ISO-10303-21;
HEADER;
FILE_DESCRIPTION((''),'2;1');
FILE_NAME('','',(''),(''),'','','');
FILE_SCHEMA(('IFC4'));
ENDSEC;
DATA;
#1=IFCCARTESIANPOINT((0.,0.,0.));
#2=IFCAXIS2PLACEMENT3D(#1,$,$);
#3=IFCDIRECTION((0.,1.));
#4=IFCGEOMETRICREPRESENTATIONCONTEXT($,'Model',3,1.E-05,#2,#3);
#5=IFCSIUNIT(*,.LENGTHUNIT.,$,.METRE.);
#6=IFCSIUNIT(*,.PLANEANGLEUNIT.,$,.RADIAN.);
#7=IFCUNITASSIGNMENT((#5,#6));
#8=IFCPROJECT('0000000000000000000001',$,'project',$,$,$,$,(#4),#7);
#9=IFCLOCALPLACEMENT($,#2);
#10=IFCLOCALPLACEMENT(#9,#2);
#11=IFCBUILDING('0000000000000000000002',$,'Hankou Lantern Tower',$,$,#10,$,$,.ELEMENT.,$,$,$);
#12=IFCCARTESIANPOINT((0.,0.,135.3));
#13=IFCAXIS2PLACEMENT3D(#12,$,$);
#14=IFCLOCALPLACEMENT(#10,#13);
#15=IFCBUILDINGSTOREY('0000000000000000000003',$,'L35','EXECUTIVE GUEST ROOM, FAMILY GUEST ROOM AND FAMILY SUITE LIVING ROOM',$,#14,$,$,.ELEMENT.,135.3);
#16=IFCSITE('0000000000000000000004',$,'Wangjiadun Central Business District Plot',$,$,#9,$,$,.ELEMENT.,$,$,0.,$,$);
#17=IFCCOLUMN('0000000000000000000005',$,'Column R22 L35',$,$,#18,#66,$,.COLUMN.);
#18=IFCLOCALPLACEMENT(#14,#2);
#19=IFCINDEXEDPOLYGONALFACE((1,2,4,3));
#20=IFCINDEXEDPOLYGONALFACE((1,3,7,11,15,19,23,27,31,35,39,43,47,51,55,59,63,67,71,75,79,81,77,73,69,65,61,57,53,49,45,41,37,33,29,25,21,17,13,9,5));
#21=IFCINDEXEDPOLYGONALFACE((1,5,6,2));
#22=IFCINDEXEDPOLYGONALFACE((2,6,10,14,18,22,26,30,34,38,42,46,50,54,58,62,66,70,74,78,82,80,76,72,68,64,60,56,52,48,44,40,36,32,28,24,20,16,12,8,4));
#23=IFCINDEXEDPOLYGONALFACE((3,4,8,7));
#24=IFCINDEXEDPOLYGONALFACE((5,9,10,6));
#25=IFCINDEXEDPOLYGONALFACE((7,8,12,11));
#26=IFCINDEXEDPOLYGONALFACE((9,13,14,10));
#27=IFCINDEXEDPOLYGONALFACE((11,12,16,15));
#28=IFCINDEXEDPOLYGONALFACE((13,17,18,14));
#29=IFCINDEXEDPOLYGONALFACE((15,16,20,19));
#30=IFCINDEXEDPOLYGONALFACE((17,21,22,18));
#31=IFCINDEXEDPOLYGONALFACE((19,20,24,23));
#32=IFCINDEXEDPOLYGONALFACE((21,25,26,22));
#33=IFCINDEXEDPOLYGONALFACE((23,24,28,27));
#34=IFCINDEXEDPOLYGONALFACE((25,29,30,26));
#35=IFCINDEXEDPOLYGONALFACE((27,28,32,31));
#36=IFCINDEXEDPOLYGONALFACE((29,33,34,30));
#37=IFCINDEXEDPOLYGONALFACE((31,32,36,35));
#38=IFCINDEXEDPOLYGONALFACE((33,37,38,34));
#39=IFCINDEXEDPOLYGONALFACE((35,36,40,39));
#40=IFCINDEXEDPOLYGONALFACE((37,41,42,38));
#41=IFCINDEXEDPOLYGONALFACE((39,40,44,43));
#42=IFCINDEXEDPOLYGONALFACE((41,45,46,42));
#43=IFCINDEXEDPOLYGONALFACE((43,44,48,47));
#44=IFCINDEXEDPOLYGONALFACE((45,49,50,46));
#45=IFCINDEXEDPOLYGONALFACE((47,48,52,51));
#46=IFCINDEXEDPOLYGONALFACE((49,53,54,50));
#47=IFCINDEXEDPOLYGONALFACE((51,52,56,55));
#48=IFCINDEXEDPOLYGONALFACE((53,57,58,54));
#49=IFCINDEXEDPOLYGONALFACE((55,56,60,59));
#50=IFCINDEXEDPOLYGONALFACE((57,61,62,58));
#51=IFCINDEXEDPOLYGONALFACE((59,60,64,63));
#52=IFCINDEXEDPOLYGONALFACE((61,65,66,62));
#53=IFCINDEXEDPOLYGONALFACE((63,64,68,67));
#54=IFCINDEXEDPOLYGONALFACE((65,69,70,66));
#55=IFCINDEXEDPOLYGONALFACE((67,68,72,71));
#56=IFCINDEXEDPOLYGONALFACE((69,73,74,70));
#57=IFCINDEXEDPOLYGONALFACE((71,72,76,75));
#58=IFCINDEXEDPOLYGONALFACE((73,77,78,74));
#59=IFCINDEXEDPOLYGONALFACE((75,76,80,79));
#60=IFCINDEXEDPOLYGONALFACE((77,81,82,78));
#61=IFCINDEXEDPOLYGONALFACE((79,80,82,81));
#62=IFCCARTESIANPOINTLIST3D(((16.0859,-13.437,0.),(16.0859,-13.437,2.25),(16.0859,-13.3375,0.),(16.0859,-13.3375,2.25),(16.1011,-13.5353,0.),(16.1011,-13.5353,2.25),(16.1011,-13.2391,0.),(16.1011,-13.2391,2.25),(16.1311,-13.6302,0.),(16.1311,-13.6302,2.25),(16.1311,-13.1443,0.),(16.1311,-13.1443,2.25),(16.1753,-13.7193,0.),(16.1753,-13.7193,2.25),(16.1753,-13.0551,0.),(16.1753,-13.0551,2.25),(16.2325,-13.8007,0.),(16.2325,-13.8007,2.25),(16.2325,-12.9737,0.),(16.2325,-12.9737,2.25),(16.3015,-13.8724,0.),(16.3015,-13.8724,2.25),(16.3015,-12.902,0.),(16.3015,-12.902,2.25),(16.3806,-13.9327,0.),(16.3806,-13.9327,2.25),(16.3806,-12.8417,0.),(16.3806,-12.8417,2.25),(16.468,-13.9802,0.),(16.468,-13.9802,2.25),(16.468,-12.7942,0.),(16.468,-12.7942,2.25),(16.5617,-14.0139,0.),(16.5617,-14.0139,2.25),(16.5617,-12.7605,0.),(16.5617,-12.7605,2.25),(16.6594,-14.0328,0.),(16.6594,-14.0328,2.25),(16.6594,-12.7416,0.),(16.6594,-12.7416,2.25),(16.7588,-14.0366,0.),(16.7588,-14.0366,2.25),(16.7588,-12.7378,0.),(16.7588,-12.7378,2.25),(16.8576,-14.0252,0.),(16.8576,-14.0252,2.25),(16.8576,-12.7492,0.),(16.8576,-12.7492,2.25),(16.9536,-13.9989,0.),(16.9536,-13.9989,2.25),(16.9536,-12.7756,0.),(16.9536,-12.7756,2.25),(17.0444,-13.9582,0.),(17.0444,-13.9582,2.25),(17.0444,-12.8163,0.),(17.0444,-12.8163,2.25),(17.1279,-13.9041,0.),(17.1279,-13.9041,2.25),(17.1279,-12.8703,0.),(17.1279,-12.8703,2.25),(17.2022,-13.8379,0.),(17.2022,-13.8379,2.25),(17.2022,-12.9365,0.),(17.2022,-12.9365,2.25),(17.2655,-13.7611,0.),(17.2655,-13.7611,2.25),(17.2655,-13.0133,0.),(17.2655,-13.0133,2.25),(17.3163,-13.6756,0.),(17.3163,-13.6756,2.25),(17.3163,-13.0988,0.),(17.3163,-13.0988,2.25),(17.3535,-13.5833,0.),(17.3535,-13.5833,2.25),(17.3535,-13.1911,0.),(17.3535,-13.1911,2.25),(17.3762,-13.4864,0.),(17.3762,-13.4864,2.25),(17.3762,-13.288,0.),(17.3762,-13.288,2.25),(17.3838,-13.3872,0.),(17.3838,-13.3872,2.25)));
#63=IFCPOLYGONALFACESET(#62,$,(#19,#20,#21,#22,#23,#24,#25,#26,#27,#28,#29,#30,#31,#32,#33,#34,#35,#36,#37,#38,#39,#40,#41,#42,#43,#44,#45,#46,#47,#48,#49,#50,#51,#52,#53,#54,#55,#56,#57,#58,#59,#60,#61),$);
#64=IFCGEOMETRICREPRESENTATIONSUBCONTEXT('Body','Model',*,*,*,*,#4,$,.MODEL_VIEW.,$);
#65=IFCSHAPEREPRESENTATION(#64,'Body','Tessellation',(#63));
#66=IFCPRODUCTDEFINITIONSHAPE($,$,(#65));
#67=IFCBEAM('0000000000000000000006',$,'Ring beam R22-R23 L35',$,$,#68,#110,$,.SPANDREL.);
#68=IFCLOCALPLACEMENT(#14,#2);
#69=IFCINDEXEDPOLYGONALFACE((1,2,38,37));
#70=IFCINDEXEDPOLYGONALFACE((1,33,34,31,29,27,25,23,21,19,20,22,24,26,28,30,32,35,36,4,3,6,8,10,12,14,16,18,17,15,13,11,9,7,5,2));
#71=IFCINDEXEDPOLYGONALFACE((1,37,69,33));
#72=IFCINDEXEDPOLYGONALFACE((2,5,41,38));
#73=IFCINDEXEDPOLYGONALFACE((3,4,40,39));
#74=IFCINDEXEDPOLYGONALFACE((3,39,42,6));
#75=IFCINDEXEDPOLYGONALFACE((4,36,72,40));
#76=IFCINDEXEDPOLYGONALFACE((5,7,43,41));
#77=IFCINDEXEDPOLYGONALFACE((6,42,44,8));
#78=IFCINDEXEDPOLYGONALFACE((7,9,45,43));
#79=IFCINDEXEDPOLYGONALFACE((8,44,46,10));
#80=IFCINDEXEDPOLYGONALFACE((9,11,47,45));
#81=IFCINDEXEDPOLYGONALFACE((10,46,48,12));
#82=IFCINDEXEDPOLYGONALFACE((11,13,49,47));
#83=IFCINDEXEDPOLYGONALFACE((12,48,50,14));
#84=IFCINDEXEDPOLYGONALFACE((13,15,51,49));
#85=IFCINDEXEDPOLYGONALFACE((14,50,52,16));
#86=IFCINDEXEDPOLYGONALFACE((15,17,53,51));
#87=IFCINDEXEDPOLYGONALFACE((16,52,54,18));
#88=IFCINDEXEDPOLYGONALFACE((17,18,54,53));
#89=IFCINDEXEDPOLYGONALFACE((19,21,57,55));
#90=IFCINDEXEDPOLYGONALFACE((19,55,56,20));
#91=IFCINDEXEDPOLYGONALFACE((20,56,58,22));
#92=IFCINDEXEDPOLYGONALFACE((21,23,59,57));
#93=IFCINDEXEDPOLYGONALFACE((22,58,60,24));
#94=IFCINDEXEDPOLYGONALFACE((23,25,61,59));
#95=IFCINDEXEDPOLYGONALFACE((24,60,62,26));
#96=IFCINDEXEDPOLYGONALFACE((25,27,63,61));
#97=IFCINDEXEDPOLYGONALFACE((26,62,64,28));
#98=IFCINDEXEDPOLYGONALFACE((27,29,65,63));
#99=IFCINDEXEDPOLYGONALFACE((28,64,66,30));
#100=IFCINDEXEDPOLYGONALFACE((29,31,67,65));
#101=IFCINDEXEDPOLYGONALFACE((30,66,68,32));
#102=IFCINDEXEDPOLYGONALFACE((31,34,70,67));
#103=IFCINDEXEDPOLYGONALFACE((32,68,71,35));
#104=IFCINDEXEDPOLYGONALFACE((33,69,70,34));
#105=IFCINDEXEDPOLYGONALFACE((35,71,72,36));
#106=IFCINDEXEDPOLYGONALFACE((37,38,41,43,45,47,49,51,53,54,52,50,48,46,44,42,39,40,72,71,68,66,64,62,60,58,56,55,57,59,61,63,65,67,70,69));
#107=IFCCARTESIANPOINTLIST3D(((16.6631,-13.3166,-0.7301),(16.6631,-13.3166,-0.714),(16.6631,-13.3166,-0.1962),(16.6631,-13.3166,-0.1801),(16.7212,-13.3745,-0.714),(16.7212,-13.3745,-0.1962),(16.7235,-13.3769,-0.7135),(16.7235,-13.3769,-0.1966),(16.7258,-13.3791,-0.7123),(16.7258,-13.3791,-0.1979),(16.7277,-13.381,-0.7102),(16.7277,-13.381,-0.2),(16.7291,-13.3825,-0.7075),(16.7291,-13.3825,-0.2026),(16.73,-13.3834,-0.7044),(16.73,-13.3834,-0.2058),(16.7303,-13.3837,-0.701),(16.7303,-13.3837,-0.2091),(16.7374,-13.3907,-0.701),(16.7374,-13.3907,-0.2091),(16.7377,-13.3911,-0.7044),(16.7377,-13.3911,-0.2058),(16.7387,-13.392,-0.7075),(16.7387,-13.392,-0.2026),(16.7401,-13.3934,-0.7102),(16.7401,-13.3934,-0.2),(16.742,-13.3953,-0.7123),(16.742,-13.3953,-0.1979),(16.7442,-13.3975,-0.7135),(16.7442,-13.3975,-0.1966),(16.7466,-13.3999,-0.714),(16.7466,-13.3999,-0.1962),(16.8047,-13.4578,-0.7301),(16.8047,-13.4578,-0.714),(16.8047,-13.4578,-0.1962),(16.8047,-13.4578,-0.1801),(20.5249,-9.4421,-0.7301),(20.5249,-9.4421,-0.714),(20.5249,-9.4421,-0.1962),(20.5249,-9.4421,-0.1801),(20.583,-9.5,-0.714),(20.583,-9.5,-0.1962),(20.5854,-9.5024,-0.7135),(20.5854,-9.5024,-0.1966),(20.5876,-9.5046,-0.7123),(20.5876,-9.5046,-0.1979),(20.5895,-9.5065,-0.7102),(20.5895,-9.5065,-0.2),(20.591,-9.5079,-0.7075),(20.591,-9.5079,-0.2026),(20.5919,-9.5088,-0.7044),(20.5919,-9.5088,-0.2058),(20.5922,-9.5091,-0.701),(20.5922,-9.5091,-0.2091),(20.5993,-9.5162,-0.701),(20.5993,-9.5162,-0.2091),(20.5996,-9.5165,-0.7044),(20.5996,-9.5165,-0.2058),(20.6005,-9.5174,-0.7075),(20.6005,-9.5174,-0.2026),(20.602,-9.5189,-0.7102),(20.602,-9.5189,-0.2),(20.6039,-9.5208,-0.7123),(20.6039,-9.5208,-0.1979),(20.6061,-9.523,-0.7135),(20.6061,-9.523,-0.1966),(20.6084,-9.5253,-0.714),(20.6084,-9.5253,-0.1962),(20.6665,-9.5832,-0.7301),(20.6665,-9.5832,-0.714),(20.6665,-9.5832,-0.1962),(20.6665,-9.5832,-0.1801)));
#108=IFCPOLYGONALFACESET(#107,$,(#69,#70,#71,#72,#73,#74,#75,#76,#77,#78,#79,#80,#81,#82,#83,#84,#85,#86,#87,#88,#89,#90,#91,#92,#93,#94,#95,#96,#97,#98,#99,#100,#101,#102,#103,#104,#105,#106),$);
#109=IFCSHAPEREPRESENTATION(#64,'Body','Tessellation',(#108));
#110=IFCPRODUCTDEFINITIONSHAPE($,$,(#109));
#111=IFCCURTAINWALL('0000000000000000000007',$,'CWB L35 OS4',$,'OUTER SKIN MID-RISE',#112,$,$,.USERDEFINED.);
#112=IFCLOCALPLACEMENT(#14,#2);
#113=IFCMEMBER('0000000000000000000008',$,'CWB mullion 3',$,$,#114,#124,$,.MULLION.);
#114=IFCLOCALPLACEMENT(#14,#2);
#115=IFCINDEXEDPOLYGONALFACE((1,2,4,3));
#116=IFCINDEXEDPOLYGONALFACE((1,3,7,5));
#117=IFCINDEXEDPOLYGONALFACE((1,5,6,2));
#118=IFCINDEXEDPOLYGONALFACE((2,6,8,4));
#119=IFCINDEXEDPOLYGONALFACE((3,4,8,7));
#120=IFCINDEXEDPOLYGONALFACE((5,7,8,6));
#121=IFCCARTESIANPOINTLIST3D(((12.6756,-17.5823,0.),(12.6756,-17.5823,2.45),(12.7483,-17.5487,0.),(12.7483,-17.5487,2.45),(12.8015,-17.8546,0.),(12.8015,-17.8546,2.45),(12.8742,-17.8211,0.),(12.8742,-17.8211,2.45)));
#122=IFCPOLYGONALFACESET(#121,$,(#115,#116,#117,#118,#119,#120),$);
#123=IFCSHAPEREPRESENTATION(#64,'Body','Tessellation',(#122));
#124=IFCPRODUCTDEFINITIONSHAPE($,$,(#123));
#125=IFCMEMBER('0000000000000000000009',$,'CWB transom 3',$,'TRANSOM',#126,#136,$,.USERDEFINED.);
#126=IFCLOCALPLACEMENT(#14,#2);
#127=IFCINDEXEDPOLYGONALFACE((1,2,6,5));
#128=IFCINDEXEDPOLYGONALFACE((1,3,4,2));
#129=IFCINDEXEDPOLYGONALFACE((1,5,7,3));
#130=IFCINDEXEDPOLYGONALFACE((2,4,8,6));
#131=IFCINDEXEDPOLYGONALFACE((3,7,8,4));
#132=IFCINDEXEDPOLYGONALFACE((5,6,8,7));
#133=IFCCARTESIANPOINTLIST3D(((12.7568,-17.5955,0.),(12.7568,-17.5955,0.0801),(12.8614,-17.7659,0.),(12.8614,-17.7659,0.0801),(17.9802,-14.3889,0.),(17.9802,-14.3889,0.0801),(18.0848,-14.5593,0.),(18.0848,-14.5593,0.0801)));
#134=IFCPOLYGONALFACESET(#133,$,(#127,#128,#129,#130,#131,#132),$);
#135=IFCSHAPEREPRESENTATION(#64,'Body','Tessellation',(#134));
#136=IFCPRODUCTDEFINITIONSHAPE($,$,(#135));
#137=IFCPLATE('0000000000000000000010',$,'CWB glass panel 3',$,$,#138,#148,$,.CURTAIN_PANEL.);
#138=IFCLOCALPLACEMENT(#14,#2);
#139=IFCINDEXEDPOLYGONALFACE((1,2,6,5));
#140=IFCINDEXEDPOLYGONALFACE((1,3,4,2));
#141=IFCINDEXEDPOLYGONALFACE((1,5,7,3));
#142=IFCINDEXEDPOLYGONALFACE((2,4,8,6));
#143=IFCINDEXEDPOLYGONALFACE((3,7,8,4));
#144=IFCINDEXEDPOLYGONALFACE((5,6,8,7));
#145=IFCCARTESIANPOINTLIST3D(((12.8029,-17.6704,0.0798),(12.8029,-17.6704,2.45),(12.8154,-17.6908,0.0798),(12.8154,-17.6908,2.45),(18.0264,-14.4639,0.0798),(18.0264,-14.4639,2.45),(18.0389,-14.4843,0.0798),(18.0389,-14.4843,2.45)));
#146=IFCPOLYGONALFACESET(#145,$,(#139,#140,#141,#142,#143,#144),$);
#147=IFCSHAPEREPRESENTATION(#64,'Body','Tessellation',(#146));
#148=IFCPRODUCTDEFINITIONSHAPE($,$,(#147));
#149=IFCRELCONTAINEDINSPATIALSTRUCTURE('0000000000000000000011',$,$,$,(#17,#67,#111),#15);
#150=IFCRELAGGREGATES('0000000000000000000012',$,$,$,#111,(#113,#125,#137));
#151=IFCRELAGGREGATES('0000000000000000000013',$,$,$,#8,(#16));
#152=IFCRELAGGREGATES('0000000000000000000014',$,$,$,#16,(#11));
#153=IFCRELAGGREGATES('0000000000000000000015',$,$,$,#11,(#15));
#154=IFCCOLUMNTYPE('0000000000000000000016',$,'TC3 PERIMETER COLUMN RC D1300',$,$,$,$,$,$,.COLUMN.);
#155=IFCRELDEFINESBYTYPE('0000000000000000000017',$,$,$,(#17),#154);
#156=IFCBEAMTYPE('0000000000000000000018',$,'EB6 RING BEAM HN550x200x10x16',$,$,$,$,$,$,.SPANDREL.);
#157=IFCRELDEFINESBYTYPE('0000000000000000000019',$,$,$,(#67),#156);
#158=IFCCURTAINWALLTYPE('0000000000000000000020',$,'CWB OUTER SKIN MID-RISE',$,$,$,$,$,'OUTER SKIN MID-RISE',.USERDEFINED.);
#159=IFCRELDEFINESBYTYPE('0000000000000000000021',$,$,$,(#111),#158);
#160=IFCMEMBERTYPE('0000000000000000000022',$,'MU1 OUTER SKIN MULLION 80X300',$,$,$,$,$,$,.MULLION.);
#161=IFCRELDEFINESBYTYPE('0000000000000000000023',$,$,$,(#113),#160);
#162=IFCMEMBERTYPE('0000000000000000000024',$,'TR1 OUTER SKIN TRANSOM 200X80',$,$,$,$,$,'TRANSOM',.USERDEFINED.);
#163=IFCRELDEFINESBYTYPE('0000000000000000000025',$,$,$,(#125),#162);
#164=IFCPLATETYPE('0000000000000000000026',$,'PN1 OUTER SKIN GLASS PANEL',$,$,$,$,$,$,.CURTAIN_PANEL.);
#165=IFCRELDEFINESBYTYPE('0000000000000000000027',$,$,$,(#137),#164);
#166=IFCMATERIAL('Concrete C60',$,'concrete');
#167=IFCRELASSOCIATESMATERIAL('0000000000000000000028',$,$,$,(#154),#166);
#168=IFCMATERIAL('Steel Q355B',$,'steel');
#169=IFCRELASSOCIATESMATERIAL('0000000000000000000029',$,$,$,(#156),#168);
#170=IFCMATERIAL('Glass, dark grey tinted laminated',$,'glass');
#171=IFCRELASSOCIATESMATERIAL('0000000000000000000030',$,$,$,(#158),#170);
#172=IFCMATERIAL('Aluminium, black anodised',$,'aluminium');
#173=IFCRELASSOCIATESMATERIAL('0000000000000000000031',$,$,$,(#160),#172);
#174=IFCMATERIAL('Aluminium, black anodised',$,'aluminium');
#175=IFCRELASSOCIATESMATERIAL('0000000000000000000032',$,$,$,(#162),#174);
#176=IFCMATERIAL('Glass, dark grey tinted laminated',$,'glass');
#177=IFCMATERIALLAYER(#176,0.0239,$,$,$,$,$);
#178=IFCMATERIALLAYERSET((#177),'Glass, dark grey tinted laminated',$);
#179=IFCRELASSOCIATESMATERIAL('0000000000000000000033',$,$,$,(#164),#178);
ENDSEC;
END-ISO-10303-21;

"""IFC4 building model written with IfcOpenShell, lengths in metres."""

from ifc_helpers import new_model, si_unit, direction, frame, origin, origin_2d, place, context, subcontext, project, spatial, rectangle, circle, i_section, extrude, clip, halfspace, material, layer, layer_set, material_profile, profile_set, type_object, element, aggregate, save


model = new_model("IFC4")

# Units and contexts
model_context = context("Model", 3, precision=1e-05, world=origin(), true_north=direction((0.0, 1.0)))
body_context = subcontext(model_context, "Body", "Model", "MODEL_VIEW")
ifc_project = project(units=[si_unit("LENGTHUNIT", "METRE"), si_unit("PLANEANGLEUNIT", "RADIAN")], contexts=[model_context])

# Site, building, storey
site_placement = place(None, origin())
site = spatial("IfcSite", under=ifc_project, at=site_placement, Name="Wangjiadun Central Business District Plot", CompositionType="ELEMENT", RefElevation=0.0)
building_placement = place(site_placement, origin())
building = spatial("IfcBuilding", under=site, at=building_placement, Name="Hankou Lantern Tower", CompositionType="ELEMENT")
storey_placement = place(building_placement, frame((0.0, 0.0, 135.3)))
storey = spatial("IfcBuildingStorey", under=building, at=storey_placement, Name="L35", Description="EXECUTIVE GUEST ROOM, FAMILY GUEST ROOM AND FAMILY SUITE LIVING ROOM", CompositionType="ELEMENT", Elevation=135.3)

# Column
ifc_material_1 = material(Name="Concrete C60", Category="concrete")
ifc_material_profile_1 = material_profile(ifc_material_1, circle(Radius=0.6499, at=origin_2d()), Name="RC D1300")
ifc_profile_set_1 = profile_set([ifc_material_profile_1], Name="Concrete C60")
column_type = type_object("IfcColumnType", Name="TC3 PERIMETER COLUMN RC D1300", PredefinedType="COLUMN", material=ifc_profile_set_1)
column_placement = place(storey_placement, frame((16.7339, -13.3872, 0.0), z_axis=(0.0, 0.0, 1.0), x_axis=(1.0, 0.0, 0.0)))
element("IfcColumn", 1, at=column_placement, inside=storey, type_object=column_type, Name="Column R22 L35", PredefinedType="COLUMN", context=body_context, shape_type="Clipping", body=[
    clip(extrude(circle(Radius=0.6499, at=origin_2d()), origin(), (0.0, 0.0, 1.0), 3.3), halfspace(frame((0.0, 0.0, 2.25), z_axis=(0.0, 0.0, 1.0), x_axis=(1.0, 0.0, 0.0)), False)),
])

# Beam
ifc_material_2 = material(Name="Steel Q355B", Category="steel")
ifc_material_profile_2 = material_profile(ifc_material_2, i_section(OverallWidth=0.2, OverallDepth=0.55, WebThickness=0.01, FlangeThickness=0.0161, FilletRadius=0.0129, at=origin_2d()), Name="HN550x200x10x16")
ifc_profile_set_2 = profile_set([ifc_material_profile_2], Name="Steel Q355B")
beam_type = type_object("IfcBeamType", Name="EB6 RING BEAM HN550x200x10x16", PredefinedType="SPANDREL", material=ifc_profile_set_2)
beam_placement = place(storey_placement, frame((16.7339, -13.3872, -0.4551), z_axis=(0.705945, 0.708266, 0.0), x_axis=(-0.708266, 0.705945, 0.0)))
element("IfcBeam", 2, at=beam_placement, inside=storey, type_object=beam_type, Name="Ring beam R22-R23 L35", PredefinedType="SPANDREL", context=body_context, shape_type="SweptSolid", body=[
    extrude(i_section(OverallWidth=0.2, OverallDepth=0.55, WebThickness=0.01, FlangeThickness=0.0161, FilletRadius=0.0129, at=origin_2d()), origin(), (0.0, 0.0, 1.0), 5.4705),
])

# Curtain wall, members, plate
ifc_material_3 = material(Name="Glass, dark grey tinted laminated", Category="glass")
curtain_wall_type = type_object("IfcCurtainWallType", Name="CWB OUTER SKIN MID-RISE", ElementType="OUTER SKIN MID-RISE", PredefinedType="USERDEFINED", material=ifc_material_3)
curtain_wall_placement = place(storey_placement, origin())
curtain_wall = element("IfcCurtainWall", 3, at=curtain_wall_placement, inside=storey, type_object=curtain_wall_type, Name="CWB L35 OS4", ObjectType="OUTER SKIN MID-RISE", PredefinedType="USERDEFINED")
ifc_material_4 = material(Name="Aluminium, black anodised", Category="aluminium")
ifc_material_profile_3 = material_profile(ifc_material_4, rectangle(XDim=0.0801, YDim=0.3, at=origin_2d()), Name="MU1 80X300")
ifc_profile_set_3 = profile_set([ifc_material_profile_3], Name="Aluminium, black anodised")
member_type_1 = type_object("IfcMemberType", Name="MU1 OUTER SKIN MULLION 80X300", PredefinedType="MULLION", material=ifc_profile_set_3)
member_1_placement = place(storey_placement, frame((12.7749, -17.7017, 0.0), z_axis=(0.0, 0.0, 1.0), x_axis=(0.907841, 0.419314, 0.0)))
member_1 = element("IfcMember", 4, at=member_1_placement, type_object=member_type_1, Name="CWB mullion 3", PredefinedType="MULLION", context=body_context, shape_type="SweptSolid", body=[
    extrude(rectangle(XDim=0.0801, YDim=0.3, at=origin_2d()), origin(), (0.0, 0.0, 1.0), 2.45),
])
ifc_material_5 = material(Name="Aluminium, black anodised", Category="aluminium")
ifc_material_profile_4 = material_profile(ifc_material_5, rectangle(XDim=0.2, YDim=0.0801, at=origin_2d()), Name="TR1 200X80")
ifc_profile_set_4 = profile_set([ifc_material_profile_4], Name="Aluminium, black anodised")
member_type_2 = type_object("IfcMemberType", Name="TR1 OUTER SKIN TRANSOM 200X80", ElementType="TRANSOM", PredefinedType="USERDEFINED", material=ifc_profile_set_4)
member_2_placement = place(storey_placement, frame((12.8091, -17.6807, 0.04), z_axis=(0.852229, 0.523168, 0.0), x_axis=(-0.523168, 0.852229, 0.0)))
member_2 = element("IfcMember", 5, at=member_2_placement, type_object=member_type_2, Name="CWB transom 3", ObjectType="TRANSOM", PredefinedType="USERDEFINED", context=body_context, shape_type="SweptSolid", body=[
    extrude(rectangle(XDim=0.2, YDim=0.0801, at=origin_2d()), origin(), (0.0, 0.0, 1.0), 6.1292),
])
ifc_material_6 = material(Name="Glass, dark grey tinted laminated", Category="glass")
ifc_layer_1 = layer(ifc_material_6, 0.0239)
ifc_layer_set_1 = layer_set([ifc_layer_1], Name="Glass, dark grey tinted laminated")
plate_type = type_object("IfcPlateType", Name="PN1 OUTER SKIN GLASS PANEL", PredefinedType="CURTAIN_PANEL", material=ifc_layer_set_1)
plate_placement = place(storey_placement, frame((15.4209, -16.0774, 0.0798), z_axis=(0.0, 0.0, 1.0), x_axis=(0.852237, 0.523156, 0.0)))
plate = element("IfcPlate", 6, at=plate_placement, type_object=plate_type, Name="CWB glass panel 3", PredefinedType="CURTAIN_PANEL", context=body_context, shape_type="SweptSolid", body=[
    extrude(rectangle(XDim=6.1292, YDim=0.0239, at=origin_2d()), origin(), (0.0, 0.0, 1.0), 2.3701),
])
aggregate(curtain_wall, [member_1, member_2, plate])

save(model, "model.ifc")
